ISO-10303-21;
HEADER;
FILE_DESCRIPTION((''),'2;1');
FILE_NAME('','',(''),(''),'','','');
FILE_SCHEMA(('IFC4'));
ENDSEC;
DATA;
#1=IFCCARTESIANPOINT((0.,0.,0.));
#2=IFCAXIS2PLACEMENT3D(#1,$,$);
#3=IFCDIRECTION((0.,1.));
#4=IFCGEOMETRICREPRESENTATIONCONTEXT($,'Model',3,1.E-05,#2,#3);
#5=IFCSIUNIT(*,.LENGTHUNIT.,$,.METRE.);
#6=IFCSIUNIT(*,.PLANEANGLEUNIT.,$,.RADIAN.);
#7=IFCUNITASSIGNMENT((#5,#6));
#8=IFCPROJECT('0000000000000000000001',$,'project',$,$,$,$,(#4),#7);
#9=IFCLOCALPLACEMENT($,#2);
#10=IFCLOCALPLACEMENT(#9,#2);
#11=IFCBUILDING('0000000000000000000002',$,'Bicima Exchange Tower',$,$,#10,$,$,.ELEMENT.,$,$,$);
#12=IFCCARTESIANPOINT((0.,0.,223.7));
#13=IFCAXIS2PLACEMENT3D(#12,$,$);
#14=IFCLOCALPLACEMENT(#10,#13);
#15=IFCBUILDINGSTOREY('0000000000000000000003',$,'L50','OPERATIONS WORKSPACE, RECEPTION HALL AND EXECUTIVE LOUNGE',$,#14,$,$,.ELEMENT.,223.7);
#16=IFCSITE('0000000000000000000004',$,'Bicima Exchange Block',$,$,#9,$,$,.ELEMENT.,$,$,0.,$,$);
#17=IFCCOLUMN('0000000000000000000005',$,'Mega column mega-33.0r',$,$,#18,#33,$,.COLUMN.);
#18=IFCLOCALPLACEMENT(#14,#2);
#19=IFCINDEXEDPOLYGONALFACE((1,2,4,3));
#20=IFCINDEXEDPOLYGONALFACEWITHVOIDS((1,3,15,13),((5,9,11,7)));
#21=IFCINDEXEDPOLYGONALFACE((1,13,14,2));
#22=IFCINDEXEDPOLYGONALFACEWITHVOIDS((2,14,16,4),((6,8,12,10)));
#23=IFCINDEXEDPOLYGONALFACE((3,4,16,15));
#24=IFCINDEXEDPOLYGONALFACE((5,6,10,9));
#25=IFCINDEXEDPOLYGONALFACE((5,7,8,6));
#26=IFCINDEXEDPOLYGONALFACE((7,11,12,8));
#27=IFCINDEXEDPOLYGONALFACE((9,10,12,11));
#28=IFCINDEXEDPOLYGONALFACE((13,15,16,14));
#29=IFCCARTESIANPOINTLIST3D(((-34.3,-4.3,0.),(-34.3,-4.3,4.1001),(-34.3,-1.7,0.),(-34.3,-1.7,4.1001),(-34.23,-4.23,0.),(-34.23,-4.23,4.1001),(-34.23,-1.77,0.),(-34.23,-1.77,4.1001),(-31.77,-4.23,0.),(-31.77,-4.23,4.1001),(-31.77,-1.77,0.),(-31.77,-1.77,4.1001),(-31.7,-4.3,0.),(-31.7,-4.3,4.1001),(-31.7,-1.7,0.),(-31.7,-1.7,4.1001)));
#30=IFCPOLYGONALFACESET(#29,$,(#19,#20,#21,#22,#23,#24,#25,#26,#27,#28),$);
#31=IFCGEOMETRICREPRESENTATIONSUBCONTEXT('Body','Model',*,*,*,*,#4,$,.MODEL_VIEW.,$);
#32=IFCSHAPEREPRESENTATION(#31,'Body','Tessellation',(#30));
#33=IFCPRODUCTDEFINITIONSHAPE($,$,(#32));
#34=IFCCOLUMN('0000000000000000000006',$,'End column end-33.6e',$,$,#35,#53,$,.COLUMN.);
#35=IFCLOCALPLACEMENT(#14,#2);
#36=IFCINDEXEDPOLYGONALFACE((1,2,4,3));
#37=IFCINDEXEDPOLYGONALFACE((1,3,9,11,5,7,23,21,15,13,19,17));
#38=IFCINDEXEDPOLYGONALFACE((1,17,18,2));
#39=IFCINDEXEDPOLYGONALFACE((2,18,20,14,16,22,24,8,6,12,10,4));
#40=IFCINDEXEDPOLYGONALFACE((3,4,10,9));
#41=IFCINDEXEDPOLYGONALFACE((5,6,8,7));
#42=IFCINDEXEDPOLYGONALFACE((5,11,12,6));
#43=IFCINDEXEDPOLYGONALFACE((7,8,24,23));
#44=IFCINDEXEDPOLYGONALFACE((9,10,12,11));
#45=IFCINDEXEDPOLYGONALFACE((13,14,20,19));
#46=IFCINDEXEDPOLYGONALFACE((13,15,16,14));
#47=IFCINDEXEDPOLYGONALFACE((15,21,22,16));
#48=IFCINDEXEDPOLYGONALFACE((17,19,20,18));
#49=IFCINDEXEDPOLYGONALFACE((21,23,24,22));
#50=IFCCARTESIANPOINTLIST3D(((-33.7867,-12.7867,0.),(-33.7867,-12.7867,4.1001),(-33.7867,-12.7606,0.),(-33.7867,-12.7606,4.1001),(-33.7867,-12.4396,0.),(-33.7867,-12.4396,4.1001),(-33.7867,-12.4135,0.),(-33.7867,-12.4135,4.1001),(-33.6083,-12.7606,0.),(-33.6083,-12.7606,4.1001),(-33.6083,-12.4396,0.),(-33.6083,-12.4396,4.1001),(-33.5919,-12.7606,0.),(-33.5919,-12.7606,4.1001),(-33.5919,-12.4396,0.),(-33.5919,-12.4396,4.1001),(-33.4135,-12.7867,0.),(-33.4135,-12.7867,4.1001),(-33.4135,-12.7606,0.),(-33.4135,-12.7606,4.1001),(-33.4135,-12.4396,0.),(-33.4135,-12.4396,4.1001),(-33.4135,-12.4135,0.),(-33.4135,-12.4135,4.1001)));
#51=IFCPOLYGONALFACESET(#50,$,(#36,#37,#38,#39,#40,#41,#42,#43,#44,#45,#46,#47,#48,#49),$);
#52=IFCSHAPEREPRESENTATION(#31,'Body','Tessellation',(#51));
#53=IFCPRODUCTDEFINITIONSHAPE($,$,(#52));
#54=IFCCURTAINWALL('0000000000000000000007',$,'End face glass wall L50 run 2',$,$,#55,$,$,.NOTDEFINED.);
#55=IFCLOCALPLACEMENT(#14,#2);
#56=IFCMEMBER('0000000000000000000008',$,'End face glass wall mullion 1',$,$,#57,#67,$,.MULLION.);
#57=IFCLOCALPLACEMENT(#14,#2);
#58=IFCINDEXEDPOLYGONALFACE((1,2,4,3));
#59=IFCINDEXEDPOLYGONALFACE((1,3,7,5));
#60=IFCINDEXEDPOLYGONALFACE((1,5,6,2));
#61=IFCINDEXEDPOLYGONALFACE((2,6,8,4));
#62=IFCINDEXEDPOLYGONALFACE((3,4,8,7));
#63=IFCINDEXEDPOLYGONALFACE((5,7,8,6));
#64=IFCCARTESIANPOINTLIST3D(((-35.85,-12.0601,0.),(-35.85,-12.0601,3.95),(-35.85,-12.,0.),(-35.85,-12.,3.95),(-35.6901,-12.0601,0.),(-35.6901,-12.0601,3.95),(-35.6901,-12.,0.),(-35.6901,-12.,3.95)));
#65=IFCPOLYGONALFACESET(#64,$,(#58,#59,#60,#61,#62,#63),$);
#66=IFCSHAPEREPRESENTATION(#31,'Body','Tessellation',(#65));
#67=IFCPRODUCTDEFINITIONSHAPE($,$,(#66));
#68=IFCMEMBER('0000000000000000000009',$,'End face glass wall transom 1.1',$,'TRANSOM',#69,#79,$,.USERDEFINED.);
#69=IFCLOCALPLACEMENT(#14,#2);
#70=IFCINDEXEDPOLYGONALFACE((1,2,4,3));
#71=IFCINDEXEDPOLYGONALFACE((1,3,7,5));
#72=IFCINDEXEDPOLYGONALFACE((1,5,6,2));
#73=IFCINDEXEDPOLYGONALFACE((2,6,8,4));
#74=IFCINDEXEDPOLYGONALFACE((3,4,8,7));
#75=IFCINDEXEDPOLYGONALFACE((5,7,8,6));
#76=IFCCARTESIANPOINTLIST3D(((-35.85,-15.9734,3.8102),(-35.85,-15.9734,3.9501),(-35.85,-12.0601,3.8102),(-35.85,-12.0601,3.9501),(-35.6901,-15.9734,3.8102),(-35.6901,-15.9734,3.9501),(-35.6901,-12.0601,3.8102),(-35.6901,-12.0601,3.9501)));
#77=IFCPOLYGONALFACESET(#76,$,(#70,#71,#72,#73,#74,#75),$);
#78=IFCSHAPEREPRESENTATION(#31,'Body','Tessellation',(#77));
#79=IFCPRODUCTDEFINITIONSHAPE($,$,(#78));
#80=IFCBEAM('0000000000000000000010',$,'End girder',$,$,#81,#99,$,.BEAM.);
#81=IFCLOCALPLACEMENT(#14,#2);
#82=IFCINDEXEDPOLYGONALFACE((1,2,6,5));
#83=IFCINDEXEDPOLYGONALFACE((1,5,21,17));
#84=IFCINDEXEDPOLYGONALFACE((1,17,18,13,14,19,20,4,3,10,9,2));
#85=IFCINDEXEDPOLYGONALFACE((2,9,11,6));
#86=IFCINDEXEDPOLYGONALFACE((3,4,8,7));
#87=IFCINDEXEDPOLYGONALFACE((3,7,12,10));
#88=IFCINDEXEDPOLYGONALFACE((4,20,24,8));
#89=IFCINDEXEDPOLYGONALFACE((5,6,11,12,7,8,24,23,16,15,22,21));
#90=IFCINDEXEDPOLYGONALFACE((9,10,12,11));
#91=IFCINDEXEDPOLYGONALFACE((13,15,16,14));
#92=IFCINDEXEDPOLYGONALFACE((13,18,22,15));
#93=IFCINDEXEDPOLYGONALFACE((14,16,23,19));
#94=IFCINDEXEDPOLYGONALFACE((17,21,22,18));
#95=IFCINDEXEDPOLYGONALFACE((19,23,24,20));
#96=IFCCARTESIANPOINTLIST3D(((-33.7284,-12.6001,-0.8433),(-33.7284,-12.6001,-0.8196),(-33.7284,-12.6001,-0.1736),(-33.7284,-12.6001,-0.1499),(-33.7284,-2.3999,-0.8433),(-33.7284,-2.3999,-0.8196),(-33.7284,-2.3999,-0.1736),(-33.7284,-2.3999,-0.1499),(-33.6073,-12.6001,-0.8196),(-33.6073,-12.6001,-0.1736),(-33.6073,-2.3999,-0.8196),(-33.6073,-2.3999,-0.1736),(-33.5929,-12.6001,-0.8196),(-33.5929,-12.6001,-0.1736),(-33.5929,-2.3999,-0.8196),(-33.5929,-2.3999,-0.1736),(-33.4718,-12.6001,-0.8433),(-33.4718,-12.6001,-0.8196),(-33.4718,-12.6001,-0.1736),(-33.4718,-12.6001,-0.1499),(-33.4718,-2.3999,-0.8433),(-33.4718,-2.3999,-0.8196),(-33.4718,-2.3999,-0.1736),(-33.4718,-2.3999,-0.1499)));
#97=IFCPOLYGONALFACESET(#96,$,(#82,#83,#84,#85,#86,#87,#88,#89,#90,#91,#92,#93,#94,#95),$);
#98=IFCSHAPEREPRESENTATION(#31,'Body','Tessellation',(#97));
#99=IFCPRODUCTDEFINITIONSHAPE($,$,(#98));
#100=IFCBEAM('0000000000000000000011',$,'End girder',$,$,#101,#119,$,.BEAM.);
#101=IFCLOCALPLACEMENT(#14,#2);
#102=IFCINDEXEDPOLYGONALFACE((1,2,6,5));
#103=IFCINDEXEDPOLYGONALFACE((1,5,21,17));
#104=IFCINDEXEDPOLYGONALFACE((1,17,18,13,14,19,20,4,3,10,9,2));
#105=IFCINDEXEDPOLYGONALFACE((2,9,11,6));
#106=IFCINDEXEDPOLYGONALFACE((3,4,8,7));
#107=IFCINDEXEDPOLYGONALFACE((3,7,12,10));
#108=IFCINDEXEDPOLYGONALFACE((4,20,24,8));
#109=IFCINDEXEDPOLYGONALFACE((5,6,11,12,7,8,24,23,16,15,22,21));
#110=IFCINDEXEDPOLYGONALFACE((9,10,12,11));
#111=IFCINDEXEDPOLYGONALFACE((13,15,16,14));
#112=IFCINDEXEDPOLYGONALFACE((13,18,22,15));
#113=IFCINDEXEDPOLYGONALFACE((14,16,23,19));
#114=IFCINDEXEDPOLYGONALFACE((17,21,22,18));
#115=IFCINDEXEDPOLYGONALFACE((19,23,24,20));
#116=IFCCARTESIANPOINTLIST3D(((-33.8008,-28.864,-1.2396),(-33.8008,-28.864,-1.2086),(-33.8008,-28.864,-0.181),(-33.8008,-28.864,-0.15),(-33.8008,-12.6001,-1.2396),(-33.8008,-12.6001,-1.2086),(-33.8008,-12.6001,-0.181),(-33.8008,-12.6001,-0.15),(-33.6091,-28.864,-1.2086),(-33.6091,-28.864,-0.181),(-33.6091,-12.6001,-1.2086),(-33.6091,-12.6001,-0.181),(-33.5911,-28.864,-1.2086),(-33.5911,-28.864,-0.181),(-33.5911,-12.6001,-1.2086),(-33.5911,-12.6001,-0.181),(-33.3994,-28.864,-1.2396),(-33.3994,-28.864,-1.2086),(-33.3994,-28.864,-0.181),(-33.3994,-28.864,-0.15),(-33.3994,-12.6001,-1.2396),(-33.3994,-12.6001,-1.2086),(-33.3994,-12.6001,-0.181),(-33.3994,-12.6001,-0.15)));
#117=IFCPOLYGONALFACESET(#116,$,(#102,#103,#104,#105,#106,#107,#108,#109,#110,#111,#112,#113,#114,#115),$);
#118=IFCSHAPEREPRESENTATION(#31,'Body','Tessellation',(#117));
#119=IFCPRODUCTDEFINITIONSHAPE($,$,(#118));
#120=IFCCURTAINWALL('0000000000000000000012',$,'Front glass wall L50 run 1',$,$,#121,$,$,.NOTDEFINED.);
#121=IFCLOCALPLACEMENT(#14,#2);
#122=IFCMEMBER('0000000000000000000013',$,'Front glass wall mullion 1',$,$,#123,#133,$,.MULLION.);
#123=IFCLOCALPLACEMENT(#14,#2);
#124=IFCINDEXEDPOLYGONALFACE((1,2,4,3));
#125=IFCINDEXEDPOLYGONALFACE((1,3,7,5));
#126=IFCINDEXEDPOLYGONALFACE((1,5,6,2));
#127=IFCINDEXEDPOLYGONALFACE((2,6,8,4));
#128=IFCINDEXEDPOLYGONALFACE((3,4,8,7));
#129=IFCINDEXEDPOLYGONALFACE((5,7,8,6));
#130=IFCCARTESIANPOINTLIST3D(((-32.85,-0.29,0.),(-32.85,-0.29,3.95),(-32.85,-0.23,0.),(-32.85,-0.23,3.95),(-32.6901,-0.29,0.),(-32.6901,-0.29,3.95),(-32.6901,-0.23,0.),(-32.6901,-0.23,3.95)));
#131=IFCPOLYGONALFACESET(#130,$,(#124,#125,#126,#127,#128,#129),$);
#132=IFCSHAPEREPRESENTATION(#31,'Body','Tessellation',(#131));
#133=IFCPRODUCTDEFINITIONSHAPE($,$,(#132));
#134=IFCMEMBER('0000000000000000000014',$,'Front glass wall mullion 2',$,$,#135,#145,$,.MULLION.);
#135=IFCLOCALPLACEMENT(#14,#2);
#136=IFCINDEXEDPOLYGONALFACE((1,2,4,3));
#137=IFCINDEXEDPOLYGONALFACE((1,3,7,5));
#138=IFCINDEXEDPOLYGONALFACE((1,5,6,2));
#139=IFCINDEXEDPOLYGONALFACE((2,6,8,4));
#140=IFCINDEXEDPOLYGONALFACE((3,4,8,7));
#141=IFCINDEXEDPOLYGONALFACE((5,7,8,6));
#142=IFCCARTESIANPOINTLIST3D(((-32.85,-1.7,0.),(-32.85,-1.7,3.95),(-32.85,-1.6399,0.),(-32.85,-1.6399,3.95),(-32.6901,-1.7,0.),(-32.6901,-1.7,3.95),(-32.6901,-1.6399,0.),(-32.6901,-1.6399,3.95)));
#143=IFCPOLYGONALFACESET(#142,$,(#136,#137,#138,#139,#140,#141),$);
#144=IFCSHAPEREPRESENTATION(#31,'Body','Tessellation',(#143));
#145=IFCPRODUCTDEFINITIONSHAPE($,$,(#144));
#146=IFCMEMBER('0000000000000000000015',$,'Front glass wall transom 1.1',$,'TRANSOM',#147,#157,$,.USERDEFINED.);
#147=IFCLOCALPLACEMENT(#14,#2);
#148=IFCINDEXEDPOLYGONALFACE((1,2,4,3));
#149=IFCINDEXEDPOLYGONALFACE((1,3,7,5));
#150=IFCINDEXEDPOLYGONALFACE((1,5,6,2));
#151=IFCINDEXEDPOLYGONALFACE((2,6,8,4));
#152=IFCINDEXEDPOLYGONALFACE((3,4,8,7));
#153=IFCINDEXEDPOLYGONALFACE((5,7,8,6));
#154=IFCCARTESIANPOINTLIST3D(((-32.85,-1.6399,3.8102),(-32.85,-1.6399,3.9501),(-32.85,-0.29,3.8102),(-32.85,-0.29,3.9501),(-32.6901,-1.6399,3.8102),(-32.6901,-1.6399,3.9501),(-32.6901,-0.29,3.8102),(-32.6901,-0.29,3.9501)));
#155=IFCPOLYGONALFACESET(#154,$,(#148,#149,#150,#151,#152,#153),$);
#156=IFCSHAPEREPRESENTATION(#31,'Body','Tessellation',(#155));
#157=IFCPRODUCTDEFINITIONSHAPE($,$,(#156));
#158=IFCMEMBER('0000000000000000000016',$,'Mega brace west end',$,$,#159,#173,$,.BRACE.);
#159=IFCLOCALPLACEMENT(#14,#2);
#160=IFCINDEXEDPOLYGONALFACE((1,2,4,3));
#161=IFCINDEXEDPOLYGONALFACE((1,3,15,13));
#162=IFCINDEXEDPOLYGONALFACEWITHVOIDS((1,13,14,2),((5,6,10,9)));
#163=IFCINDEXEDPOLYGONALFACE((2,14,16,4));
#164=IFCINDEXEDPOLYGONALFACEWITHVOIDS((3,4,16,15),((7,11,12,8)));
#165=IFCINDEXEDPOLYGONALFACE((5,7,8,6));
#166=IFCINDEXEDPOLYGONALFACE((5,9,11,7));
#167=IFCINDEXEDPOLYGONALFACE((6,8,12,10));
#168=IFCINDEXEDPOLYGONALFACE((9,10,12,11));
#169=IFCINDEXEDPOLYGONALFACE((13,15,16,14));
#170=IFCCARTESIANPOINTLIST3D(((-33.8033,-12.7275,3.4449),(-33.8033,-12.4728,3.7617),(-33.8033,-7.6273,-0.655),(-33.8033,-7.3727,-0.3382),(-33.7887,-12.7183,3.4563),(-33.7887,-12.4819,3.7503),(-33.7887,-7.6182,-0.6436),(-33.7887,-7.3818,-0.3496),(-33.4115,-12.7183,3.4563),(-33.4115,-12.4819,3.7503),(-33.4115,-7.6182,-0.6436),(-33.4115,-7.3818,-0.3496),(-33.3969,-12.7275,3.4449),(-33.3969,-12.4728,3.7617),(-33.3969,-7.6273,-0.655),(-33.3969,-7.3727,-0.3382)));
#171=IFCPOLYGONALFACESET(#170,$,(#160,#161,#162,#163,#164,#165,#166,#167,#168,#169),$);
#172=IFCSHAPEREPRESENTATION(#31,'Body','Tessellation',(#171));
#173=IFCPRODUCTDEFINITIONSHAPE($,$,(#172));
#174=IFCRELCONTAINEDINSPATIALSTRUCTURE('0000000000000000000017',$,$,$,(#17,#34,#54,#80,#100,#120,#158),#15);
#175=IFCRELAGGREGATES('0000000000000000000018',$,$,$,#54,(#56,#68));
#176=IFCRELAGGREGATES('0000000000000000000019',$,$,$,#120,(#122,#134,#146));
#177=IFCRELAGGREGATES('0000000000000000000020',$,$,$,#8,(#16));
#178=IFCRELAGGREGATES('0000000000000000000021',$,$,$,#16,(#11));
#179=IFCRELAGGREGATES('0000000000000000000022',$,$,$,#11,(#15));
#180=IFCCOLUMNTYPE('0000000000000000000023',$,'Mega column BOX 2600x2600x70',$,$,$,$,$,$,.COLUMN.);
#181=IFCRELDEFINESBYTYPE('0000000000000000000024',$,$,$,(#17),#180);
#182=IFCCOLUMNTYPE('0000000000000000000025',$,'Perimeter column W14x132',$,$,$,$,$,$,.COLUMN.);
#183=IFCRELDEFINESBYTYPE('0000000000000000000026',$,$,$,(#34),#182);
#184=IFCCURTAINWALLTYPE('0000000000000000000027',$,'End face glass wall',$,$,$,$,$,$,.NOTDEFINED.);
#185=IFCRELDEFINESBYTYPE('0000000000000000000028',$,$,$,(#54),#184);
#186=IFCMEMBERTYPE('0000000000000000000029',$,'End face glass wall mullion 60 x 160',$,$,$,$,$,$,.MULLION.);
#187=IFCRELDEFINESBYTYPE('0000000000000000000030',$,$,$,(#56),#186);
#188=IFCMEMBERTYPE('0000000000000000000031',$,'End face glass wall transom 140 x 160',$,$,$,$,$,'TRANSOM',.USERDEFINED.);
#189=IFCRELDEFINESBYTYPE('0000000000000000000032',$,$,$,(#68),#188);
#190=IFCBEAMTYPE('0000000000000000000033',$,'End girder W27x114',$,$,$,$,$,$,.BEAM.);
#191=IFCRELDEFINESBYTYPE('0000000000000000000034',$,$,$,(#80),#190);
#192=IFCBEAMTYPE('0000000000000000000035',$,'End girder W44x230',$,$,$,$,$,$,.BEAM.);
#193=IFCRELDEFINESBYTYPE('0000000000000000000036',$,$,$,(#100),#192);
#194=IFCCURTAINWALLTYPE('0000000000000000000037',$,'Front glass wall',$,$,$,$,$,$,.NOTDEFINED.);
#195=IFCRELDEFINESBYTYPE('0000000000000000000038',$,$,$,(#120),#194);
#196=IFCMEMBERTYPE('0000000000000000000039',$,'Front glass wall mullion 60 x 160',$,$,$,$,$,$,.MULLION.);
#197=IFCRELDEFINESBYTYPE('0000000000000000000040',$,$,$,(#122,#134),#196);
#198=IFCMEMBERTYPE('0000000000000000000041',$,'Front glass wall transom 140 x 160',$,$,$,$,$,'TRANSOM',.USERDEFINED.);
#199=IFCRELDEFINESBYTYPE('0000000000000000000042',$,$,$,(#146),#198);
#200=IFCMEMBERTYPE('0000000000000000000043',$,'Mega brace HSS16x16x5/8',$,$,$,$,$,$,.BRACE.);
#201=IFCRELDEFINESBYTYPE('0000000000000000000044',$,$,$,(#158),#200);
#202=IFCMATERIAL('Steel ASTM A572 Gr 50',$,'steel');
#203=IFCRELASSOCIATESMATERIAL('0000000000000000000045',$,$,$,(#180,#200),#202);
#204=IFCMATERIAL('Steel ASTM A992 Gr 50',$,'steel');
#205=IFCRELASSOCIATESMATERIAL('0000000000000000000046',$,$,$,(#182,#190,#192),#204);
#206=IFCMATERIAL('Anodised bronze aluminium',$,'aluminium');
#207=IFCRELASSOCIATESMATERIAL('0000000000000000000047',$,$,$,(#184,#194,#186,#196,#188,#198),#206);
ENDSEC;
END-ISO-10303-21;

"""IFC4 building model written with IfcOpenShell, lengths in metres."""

from ifc_helpers import new_model, si_unit, direction, frame, origin, origin_2d, place, context, subcontext, project, spatial, rectangle, hollow_rectangle, i_section, extrude, material, material_profile, profile_set, type_object, element, aggregate, save


model = new_model("IFC4")

# Units and contexts
model_context = context("Model", 3, precision=1e-05, world=origin(), true_north=direction((0.0, 1.0)))
body_context = subcontext(model_context, "Body", "Model", "MODEL_VIEW")
ifc_project = project(units=[si_unit("LENGTHUNIT", "METRE"), si_unit("PLANEANGLEUNIT", "RADIAN")], contexts=[model_context])

# Site, building, storey
site_placement = place(None, origin())
site = spatial("IfcSite", under=ifc_project, at=site_placement, Name="Bicima Exchange Block", CompositionType="ELEMENT", RefElevation=0.0)
building_placement = place(site_placement, origin())
building = spatial("IfcBuilding", under=site, at=building_placement, Name="Bicima Exchange Tower", CompositionType="ELEMENT")
storey_placement = place(building_placement, frame((0.0, 0.0, 223.7)))
storey = spatial("IfcBuildingStorey", under=building, at=storey_placement, Name="L50", Description="OPERATIONS WORKSPACE, RECEPTION HALL AND EXECUTIVE LOUNGE", CompositionType="ELEMENT", Elevation=223.7)

# Columns
ifc_material_1 = material(Name="Steel ASTM A572 Gr 50", Category="steel")
ifc_material_profile_1 = material_profile(ifc_material_1, hollow_rectangle(XDim=2.6001, YDim=2.6001, WallThickness=0.0701, at=origin_2d()))
ifc_profile_set_1 = profile_set([ifc_material_profile_1], Name="Steel ASTM A572 Gr 50")
column_type_1 = type_object("IfcColumnType", Name="Mega column BOX 2600x2600x70", PredefinedType="COLUMN", material=ifc_profile_set_1)
column_1_placement = place(storey_placement, frame((-33.0, -3.0, 0.0), z_axis=(0.0, 0.0, 1.0), x_axis=(1.0, 0.0, 0.0)))
element("IfcColumn", 1, at=column_1_placement, inside=storey, type_object=column_type_1, Name="Mega column mega-33.0r", PredefinedType="COLUMN", context=body_context, shape_type="SweptSolid", body=[
    extrude(hollow_rectangle(XDim=2.6001, YDim=2.6001, WallThickness=0.0701, at=origin_2d()), origin(), (0.0, 0.0, 1.0), 4.1001),
])
ifc_material_2 = material(Name="Steel ASTM A992 Gr 50", Category="steel")
ifc_material_profile_2 = material_profile(ifc_material_2, i_section(OverallWidth=0.3733, OverallDepth=0.3733, WebThickness=0.0164, FlangeThickness=0.0261, at=origin_2d()))
ifc_profile_set_2 = profile_set([ifc_material_profile_2], Name="Steel ASTM A992 Gr 50")
column_type_2 = type_object("IfcColumnType", Name="Perimeter column W14x132", PredefinedType="COLUMN", material=ifc_profile_set_2)
column_2_placement = place(storey_placement, frame((-33.6001, -12.6001, 0.0), z_axis=(0.0, 0.0, 1.0), x_axis=(1.0, 0.0, 0.0)))
element("IfcColumn", 2, at=column_2_placement, inside=storey, type_object=column_type_2, Name="End column end-33.6e", PredefinedType="COLUMN", context=body_context, shape_type="SweptSolid", body=[
    extrude(i_section(OverallWidth=0.3733, OverallDepth=0.3733, WebThickness=0.0164, FlangeThickness=0.0261, at=origin_2d()), origin(), (0.0, 0.0, 1.0), 4.1001),
])

# Curtain wall, members
ifc_material_3 = material(Name="Anodised bronze aluminium", Category="aluminium")
curtain_wall_type_1 = type_object("IfcCurtainWallType", Name="End face glass wall", PredefinedType="NOTDEFINED", material=ifc_material_3)
curtain_wall_1_placement = place(storey_placement, origin())
curtain_wall_1 = element("IfcCurtainWall", 3, at=curtain_wall_1_placement, inside=storey, type_object=curtain_wall_type_1, Name="End face glass wall L50 run 2", PredefinedType="NOTDEFINED")
ifc_material_profile_3 = material_profile(ifc_material_3, rectangle(XDim=0.1599, YDim=0.0601, at=origin_2d()))
ifc_profile_set_3 = profile_set([ifc_material_profile_3], Name="Anodised bronze aluminium")
member_type_1 = type_object("IfcMemberType", Name="End face glass wall mullion 60 x 160", PredefinedType="MULLION", material=ifc_profile_set_3)
member_1_placement = place(storey_placement, frame((-35.77, -12.03, 0.0), z_axis=(0.0, 0.0, 1.0), x_axis=(1.0, 0.0, 0.0)))
member_1 = element("IfcMember", 4, at=member_1_placement, type_object=member_type_1, Name="End face glass wall mullion 1", PredefinedType="MULLION", context=body_context, shape_type="SweptSolid", body=[
    extrude(rectangle(XDim=0.1599, YDim=0.0601, at=origin_2d()), origin(), (0.0, 0.0, 1.0), 3.95),
])
ifc_material_profile_4 = material_profile(ifc_material_3, rectangle(XDim=0.1599, YDim=0.1399, at=origin_2d()))
ifc_profile_set_4 = profile_set([ifc_material_profile_4], Name="Anodised bronze aluminium")
member_type_2 = type_object("IfcMemberType", Name="End face glass wall transom 140 x 160", ElementType="TRANSOM", PredefinedType="USERDEFINED", material=ifc_profile_set_4)
member_2_placement = place(storey_placement, frame((-35.77, -12.0601, 3.8801), z_axis=(0.0, -1.0, 0.0), x_axis=(1.0, 0.0, 0.0)))
member_2 = element("IfcMember", 5, at=member_2_placement, type_object=member_type_2, Name="End face glass wall transom 1.1", ObjectType="TRANSOM", PredefinedType="USERDEFINED", context=body_context, shape_type="SweptSolid", body=[
    extrude(rectangle(XDim=0.1599, YDim=0.1399, at=origin_2d()), origin(), (0.0, 0.0, 1.0), 3.9133),
])
aggregate(curtain_wall_1, [member_1, member_2])

# Beams
ifc_material_profile_5 = material_profile(ifc_material_2, i_section(OverallWidth=0.2566, OverallDepth=0.6934, WebThickness=0.0144, FlangeThickness=0.0237, at=origin_2d()))
ifc_profile_set_5 = profile_set([ifc_material_profile_5], Name="Steel ASTM A992 Gr 50")
beam_type_1 = type_object("IfcBeamType", Name="End girder W27x114", PredefinedType="BEAM", material=ifc_profile_set_5)
beam_1_placement = place(storey_placement, frame((-33.6001, -2.3999, -0.4966), z_axis=(0.0, -1.0, 0.0), x_axis=(1.0, 0.0, 0.0)))
element("IfcBeam", 6, at=beam_1_placement, inside=storey, type_object=beam_type_1, Name="End girder", PredefinedType="BEAM", context=body_context, shape_type="SweptSolid", body=[
    extrude(i_section(OverallWidth=0.2566, OverallDepth=0.6934, WebThickness=0.0144, FlangeThickness=0.0237, at=origin_2d()), origin(), (0.0, 0.0, 1.0), 10.2002),
])
ifc_material_profile_6 = material_profile(ifc_material_2, i_section(OverallWidth=0.4014, OverallDepth=1.0896, WebThickness=0.0181, FlangeThickness=0.031, at=origin_2d()))
ifc_profile_set_6 = profile_set([ifc_material_profile_6], Name="Steel ASTM A992 Gr 50")
beam_type_2 = type_object("IfcBeamType", Name="End girder W44x230", PredefinedType="BEAM", material=ifc_profile_set_6)
beam_2_placement = place(storey_placement, frame((-33.6001, -12.6001, -0.6948), z_axis=(0.0, -1.0, 0.0), x_axis=(1.0, 0.0, 0.0)))
element("IfcBeam", 7, at=beam_2_placement, inside=storey, type_object=beam_type_2, Name="End girder", PredefinedType="BEAM", context=body_context, shape_type="SweptSolid", body=[
    extrude(i_section(OverallWidth=0.4014, OverallDepth=1.0896, WebThickness=0.0181, FlangeThickness=0.031, at=origin_2d()), origin(), (0.0, 0.0, 1.0), 16.2639),
])

# Curtain wall, members
curtain_wall_type_2 = type_object("IfcCurtainWallType", Name="Front glass wall", PredefinedType="NOTDEFINED", material=ifc_material_3)
curtain_wall_2_placement = place(storey_placement, origin())
curtain_wall_2 = element("IfcCurtainWall", 8, at=curtain_wall_2_placement, inside=storey, type_object=curtain_wall_type_2, Name="Front glass wall L50 run 1", PredefinedType="NOTDEFINED")
member_type_3 = type_object("IfcMemberType", Name="Front glass wall mullion 60 x 160", PredefinedType="MULLION", material=ifc_profile_set_3)
member_3_placement = place(storey_placement, frame((-32.77, -0.26, 0.0), z_axis=(0.0, 0.0, 1.0), x_axis=(1.0, 0.0, 0.0)))
member_3 = element("IfcMember", 9, at=member_3_placement, type_object=member_type_3, Name="Front glass wall mullion 1", PredefinedType="MULLION", context=body_context, shape_type="SweptSolid", body=[
    extrude(rectangle(XDim=0.1599, YDim=0.0601, at=origin_2d()), origin(), (0.0, 0.0, 1.0), 3.95),
])
member_4_placement = place(storey_placement, frame((-32.77, -1.6699, 0.0), z_axis=(0.0, 0.0, 1.0), x_axis=(1.0, 0.0, 0.0)))
member_4 = element("IfcMember", 10, at=member_4_placement, type_object=member_type_3, Name="Front glass wall mullion 2", PredefinedType="MULLION", context=body_context, shape_type="SweptSolid", body=[
    extrude(rectangle(XDim=0.1599, YDim=0.0601, at=origin_2d()), origin(), (0.0, 0.0, 1.0), 3.95),
])
member_type_4 = type_object("IfcMemberType", Name="Front glass wall transom 140 x 160", ElementType="TRANSOM", PredefinedType="USERDEFINED", material=ifc_profile_set_4)
member_5_placement = place(storey_placement, frame((-32.77, -0.29, 3.8801), z_axis=(0.0, -1.0, 0.0), x_axis=(1.0, 0.0, 0.0)))
member_5 = element("IfcMember", 11, at=member_5_placement, type_object=member_type_4, Name="Front glass wall transom 1.1", ObjectType="TRANSOM", PredefinedType="USERDEFINED", context=body_context, shape_type="SweptSolid", body=[
    extrude(rectangle(XDim=0.1599, YDim=0.1399, at=origin_2d()), origin(), (0.0, 0.0, 1.0), 1.3499),
])

# Member
ifc_material_profile_7 = material_profile(ifc_material_1, hollow_rectangle(XDim=0.4065, YDim=0.4065, WallThickness=0.0146, at=origin_2d()))
ifc_profile_set_7 = profile_set([ifc_material_profile_7], Name="Steel ASTM A572 Gr 50")
member_type_5 = type_object("IfcMemberType", Name="Mega brace HSS16x16x5/8", PredefinedType="BRACE", material=ifc_profile_set_7)
for number, where, z_axis, x_axis, name in (
    (12, (-33.6001, -7.5, -0.4966), (0.0, -0.779392, 0.626536), (1.0, 0.0, 0.0), "Mega brace west end"),
):
    element("IfcMember", number, at=place(storey_placement, frame(where, z_axis=z_axis, x_axis=x_axis)), inside=storey, type_object=member_type_5, Name=name, PredefinedType="BRACE", context=body_context, shape_type="SweptSolid", body=[
        extrude(hollow_rectangle(XDim=0.4065, YDim=0.4065, WallThickness=0.0146, at=origin_2d()), origin(), (0.0, 0.0, 1.0), 6.5437),
    ])

aggregate(curtain_wall_2, [member_3, member_4, member_5])

save(model, "model.ifc")
